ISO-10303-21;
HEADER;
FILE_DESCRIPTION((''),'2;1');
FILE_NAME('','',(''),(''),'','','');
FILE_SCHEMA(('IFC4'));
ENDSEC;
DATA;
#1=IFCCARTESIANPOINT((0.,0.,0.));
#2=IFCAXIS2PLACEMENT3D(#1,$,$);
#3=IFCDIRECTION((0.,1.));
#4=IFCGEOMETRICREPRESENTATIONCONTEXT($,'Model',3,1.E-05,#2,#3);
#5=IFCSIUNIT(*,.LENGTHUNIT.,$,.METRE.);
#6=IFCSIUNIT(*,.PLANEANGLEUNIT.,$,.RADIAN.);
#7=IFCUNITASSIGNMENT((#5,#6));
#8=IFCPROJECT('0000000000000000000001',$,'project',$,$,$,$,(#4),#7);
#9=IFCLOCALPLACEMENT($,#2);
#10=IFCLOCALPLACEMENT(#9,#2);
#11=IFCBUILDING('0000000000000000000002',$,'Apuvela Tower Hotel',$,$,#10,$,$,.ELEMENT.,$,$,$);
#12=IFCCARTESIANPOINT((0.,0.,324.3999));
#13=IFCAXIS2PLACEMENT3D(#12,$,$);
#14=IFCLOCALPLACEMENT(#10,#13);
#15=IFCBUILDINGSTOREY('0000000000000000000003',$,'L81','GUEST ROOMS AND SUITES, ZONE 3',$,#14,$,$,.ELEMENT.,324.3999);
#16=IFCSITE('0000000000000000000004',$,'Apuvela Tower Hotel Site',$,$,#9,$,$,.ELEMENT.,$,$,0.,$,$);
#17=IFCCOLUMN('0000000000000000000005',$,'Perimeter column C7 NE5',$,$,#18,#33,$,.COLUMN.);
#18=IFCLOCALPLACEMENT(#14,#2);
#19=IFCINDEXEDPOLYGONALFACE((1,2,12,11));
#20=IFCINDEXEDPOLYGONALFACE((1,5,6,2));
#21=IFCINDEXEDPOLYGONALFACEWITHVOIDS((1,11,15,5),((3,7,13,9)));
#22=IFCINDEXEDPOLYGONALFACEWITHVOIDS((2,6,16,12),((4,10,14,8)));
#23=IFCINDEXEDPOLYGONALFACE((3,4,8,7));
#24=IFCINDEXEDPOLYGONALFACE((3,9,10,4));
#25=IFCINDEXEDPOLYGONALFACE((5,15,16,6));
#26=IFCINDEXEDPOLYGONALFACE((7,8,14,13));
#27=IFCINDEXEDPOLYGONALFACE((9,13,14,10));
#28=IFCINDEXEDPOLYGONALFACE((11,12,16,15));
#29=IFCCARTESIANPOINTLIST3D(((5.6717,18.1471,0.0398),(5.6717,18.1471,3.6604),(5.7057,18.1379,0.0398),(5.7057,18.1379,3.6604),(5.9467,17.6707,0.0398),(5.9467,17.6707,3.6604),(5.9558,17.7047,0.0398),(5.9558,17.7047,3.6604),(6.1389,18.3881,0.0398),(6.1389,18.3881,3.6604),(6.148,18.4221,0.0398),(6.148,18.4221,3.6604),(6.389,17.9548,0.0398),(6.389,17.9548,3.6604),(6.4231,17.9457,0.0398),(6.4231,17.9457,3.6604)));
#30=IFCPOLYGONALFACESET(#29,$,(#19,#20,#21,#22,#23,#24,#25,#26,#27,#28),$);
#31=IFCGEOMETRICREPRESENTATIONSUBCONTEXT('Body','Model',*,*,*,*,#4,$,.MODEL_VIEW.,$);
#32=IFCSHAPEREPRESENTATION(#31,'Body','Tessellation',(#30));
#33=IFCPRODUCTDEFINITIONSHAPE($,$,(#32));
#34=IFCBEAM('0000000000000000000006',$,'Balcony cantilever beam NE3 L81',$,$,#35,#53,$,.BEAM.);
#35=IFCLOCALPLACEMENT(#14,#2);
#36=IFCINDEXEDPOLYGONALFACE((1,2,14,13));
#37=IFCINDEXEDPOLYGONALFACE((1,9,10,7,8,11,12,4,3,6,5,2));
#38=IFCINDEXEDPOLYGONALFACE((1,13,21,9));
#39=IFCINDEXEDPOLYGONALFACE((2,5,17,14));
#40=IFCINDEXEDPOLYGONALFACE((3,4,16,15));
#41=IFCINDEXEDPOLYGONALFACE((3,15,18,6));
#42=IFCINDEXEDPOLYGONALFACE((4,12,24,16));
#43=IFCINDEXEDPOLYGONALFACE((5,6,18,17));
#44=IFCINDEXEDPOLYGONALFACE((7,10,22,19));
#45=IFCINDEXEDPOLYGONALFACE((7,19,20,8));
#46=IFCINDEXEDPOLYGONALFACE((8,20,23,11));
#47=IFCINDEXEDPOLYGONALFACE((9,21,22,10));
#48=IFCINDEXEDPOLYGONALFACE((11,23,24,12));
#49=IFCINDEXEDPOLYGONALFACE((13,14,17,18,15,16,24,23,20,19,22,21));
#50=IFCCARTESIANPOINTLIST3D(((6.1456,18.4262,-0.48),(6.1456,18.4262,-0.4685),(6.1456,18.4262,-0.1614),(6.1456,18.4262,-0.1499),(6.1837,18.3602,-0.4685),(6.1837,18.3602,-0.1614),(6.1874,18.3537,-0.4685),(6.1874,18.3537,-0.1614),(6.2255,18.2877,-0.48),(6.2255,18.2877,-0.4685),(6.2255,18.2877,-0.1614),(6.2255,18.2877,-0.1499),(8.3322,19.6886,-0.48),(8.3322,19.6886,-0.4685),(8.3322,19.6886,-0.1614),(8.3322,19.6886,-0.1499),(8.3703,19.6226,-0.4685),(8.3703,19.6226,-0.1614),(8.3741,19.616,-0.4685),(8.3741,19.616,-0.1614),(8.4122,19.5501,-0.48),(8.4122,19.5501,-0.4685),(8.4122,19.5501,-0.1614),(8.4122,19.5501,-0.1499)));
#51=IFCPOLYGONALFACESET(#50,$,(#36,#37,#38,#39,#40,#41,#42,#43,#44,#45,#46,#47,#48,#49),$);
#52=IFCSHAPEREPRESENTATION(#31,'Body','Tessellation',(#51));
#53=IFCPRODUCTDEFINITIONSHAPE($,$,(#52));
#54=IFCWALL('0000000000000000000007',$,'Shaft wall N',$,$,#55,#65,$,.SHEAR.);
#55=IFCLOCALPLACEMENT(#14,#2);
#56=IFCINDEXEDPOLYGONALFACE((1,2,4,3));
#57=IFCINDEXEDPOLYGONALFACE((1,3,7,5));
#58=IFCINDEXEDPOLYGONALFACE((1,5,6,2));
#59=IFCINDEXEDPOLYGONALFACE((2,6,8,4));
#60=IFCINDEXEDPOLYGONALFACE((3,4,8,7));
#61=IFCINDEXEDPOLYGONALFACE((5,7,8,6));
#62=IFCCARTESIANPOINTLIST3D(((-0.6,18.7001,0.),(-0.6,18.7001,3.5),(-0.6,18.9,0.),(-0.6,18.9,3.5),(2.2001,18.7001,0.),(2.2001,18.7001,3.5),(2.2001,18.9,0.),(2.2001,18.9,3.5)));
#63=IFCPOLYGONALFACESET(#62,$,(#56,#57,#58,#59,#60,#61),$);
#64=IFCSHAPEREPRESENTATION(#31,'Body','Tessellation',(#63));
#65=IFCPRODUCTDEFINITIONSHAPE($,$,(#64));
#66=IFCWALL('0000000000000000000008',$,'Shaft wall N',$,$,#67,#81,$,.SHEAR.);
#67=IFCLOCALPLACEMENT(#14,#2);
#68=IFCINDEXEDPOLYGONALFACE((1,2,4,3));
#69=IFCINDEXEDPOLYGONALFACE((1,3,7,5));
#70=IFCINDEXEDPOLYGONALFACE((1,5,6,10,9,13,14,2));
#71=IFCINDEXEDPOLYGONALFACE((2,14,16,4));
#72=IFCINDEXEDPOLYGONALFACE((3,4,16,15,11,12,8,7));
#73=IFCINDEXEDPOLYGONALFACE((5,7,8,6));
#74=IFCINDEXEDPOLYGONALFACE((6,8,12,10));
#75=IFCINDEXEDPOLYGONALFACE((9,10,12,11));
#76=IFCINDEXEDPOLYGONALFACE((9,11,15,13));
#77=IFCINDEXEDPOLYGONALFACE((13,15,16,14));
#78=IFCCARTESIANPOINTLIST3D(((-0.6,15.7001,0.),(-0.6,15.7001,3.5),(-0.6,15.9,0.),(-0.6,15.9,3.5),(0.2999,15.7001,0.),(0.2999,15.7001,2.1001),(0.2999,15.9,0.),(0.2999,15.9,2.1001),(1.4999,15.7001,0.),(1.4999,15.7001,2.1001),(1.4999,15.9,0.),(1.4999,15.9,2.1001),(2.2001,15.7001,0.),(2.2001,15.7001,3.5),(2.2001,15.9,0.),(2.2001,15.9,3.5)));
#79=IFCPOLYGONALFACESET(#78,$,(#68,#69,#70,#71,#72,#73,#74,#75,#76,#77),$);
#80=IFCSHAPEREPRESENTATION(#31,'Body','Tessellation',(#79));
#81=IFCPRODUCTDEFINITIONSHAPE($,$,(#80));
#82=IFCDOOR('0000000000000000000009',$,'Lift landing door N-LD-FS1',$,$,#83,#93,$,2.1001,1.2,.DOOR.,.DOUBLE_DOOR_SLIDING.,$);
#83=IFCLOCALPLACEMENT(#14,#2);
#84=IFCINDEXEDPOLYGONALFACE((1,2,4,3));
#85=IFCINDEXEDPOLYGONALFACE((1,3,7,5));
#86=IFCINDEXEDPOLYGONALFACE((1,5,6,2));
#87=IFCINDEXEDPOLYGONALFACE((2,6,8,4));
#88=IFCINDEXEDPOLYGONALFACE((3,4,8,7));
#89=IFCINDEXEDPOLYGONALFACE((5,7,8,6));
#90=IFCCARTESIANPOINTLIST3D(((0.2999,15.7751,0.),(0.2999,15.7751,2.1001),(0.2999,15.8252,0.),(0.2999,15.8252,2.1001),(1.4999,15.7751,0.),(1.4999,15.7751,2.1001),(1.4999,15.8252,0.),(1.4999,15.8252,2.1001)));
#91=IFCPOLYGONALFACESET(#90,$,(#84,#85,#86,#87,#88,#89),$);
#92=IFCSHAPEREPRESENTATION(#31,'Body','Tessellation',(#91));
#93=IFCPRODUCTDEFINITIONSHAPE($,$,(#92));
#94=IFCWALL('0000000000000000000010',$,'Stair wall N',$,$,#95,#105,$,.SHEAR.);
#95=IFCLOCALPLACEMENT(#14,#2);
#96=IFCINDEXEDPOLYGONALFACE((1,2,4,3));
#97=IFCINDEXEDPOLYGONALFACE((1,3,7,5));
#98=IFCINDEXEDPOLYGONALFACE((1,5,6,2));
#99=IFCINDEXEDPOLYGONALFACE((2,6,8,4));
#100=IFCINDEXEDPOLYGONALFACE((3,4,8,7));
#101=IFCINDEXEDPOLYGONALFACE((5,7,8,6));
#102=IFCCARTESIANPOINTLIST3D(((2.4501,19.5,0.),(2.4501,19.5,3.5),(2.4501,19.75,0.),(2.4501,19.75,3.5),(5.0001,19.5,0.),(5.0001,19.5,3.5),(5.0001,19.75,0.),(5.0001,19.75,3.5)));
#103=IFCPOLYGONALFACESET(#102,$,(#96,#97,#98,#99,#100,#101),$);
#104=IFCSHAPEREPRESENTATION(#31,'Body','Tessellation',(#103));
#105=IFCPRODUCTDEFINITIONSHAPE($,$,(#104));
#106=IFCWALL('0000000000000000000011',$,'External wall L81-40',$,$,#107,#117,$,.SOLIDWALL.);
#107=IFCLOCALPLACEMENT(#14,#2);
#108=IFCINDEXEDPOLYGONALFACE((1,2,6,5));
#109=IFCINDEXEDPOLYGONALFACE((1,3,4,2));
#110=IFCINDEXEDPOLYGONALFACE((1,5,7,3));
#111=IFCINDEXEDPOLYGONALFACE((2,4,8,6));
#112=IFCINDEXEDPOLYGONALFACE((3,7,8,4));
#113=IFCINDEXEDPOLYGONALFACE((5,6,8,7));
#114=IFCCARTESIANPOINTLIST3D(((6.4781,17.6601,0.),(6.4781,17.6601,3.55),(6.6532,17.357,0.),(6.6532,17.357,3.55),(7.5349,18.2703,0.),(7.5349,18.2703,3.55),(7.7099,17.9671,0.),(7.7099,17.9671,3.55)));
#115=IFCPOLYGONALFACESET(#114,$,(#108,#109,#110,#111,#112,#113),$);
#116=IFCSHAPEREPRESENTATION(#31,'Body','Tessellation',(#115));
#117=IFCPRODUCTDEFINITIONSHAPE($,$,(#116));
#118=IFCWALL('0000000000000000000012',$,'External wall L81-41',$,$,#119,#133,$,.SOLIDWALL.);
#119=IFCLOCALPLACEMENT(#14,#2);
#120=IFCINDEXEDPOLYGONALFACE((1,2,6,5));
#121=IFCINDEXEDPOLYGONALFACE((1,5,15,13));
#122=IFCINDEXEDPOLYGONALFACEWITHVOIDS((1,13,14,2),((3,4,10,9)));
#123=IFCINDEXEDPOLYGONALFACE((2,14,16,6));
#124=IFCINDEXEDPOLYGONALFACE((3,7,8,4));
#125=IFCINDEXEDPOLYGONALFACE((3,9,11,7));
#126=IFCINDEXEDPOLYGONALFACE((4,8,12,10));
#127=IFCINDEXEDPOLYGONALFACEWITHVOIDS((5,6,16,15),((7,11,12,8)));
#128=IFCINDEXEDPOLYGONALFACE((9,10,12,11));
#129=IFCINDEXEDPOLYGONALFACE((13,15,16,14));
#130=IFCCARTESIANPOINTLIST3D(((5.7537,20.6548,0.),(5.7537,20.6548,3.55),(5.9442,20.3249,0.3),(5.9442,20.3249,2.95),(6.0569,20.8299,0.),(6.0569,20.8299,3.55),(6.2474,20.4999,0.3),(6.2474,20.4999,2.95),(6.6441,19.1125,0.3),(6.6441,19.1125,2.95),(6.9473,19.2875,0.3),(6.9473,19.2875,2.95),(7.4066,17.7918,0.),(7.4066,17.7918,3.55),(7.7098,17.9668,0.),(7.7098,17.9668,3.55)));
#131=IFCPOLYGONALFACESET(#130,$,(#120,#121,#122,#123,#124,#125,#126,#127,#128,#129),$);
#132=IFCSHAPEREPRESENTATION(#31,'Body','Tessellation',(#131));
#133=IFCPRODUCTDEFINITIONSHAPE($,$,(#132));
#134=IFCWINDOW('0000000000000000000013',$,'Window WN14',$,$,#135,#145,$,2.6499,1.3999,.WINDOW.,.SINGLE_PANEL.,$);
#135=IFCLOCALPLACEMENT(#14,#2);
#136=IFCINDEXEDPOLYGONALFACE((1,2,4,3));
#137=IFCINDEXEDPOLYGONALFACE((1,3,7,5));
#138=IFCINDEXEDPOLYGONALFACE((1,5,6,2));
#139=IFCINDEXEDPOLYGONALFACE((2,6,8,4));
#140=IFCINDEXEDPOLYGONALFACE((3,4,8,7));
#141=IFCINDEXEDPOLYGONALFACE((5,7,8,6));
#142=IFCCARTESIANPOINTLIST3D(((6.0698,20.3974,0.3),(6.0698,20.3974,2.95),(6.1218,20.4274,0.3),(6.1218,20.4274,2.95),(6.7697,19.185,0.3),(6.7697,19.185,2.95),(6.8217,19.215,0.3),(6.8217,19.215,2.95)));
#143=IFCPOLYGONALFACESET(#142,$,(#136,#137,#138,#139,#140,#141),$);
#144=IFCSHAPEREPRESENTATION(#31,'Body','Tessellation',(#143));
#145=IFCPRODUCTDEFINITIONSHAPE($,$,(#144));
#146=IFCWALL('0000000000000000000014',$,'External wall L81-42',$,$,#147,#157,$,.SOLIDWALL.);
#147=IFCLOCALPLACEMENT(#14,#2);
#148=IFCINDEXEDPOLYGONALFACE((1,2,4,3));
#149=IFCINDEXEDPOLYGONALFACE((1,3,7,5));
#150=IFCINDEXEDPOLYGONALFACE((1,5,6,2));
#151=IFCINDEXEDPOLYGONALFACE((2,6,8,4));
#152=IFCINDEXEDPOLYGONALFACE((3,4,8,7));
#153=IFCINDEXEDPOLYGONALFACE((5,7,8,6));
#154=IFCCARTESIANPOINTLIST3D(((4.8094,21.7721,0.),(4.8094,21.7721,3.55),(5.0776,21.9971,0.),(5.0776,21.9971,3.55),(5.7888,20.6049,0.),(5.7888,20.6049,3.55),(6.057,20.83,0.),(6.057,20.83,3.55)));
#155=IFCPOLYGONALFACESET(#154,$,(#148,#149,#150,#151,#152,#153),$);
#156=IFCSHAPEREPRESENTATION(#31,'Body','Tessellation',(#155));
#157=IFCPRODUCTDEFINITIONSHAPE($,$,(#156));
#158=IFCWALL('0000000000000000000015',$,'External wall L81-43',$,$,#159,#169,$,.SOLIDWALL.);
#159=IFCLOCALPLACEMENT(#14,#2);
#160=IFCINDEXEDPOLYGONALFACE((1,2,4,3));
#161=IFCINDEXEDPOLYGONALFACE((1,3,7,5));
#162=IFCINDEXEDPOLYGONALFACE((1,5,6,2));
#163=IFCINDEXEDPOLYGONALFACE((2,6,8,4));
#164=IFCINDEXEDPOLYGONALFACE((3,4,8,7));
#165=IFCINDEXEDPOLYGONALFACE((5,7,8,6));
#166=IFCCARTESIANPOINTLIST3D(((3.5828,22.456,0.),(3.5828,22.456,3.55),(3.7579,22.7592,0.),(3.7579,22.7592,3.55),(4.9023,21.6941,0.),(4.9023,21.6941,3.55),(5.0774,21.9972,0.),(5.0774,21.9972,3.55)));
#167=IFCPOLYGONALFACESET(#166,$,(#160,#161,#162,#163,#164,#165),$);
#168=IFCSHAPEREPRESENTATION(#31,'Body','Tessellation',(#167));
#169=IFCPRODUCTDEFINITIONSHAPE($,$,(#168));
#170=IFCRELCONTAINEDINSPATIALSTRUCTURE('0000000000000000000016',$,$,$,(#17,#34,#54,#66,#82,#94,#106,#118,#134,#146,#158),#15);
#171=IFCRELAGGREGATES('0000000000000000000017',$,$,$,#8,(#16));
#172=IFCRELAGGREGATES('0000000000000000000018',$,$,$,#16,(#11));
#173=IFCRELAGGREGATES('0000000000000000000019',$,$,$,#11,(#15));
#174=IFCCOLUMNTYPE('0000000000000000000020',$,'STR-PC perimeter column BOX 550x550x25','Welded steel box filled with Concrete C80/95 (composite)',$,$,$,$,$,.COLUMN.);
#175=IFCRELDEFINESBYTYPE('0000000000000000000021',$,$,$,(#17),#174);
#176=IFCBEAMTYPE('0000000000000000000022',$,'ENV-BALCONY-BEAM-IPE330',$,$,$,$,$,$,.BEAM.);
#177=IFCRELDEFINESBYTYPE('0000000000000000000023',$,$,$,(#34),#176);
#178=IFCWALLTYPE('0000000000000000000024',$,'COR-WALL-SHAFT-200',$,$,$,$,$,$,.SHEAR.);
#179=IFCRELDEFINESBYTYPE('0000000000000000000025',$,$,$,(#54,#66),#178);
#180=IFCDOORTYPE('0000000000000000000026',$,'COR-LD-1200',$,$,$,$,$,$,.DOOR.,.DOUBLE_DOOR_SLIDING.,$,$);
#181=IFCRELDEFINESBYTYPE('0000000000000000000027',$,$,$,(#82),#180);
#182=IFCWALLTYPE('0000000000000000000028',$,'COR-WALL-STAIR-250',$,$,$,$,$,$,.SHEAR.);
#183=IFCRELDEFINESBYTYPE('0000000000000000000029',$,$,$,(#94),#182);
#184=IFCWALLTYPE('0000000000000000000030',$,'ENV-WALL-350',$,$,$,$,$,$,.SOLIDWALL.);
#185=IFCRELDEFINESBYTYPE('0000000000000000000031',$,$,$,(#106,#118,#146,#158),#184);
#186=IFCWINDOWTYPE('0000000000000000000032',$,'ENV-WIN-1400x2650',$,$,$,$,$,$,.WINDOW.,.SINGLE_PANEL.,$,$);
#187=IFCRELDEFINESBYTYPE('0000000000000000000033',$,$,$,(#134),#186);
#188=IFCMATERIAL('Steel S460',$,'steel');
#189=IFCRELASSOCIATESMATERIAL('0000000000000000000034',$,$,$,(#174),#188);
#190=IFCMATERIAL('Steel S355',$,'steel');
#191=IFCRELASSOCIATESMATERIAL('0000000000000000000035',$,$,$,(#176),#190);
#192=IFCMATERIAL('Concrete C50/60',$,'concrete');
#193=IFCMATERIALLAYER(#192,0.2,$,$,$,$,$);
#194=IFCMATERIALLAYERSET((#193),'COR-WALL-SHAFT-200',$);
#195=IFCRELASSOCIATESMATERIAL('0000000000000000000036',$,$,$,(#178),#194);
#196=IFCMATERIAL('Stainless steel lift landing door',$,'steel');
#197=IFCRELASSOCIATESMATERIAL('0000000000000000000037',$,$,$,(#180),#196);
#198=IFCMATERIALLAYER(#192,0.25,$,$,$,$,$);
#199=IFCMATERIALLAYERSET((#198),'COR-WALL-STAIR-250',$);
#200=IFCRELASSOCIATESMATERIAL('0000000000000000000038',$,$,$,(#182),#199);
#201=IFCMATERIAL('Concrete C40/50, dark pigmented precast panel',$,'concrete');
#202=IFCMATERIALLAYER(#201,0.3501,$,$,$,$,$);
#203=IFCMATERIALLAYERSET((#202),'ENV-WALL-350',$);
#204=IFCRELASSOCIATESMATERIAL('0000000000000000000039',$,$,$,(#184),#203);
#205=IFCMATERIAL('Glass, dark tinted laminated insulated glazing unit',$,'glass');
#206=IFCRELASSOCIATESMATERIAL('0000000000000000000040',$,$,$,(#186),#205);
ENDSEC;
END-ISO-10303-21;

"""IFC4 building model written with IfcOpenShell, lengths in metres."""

from ifc_helpers import new_model, si_unit, direction, frame, frame_2d, origin, origin_2d, place, context, subcontext, project, spatial, rectangle, hollow_rectangle, i_section, extrude, boolean, halfspace, material, layer, layer_set, material_profile, profile_set, type_object, element, fill, save


model = new_model("IFC4")

# Units and contexts
model_context = context("Model", 3, precision=1e-05, world=origin(), true_north=direction((0.0, 1.0)))
body_context = subcontext(model_context, "Body", "Model", "MODEL_VIEW")
ifc_project = project(units=[si_unit("LENGTHUNIT", "METRE"), si_unit("PLANEANGLEUNIT", "RADIAN")], contexts=[model_context])

# Site, building, storey
site_placement = place(None, origin())
site = spatial("IfcSite", under=ifc_project, at=site_placement, Name="Apuvela Tower Hotel Site", CompositionType="ELEMENT", RefElevation=0.0)
building_placement = place(site_placement, origin())
building = spatial("IfcBuilding", under=site, at=building_placement, Name="Apuvela Tower Hotel", CompositionType="ELEMENT")
storey_placement = place(building_placement, frame((0.0, 0.0, 324.3999)))
storey = spatial("IfcBuildingStorey", under=building, at=storey_placement, Name="L81", Description="GUEST ROOMS AND SUITES, ZONE 3", CompositionType="ELEMENT", Elevation=324.3999)

# Column
ifc_material_1 = material(Name="Steel S460", Category="steel")
ifc_material_profile_1 = material_profile(ifc_material_1, hollow_rectangle(XDim=0.55, YDim=0.55, WallThickness=0.0249, at=origin_2d()), Name="BOX 550x550x25")
ifc_material_2 = material(Name="Concrete C80/95", Category="concrete")
ifc_material_profile_2 = material_profile(ifc_material_2, rectangle(XDim=0.5, YDim=0.5, at=origin_2d()), Name="Concrete C80/95 infill")
ifc_profile_set_1 = profile_set([ifc_material_profile_1, ifc_material_profile_2], Name="Steel S460")
column_type = type_object("IfcColumnType", Name="STR-PC perimeter column BOX 550x550x25", Description="Welded steel box filled with Concrete C80/95 (composite)", PredefinedType="COLUMN", material=ifc_profile_set_1)
column_placement = place(storey_placement, frame((6.0474, 18.0464, 0.0), z_axis=(0.0, 0.0, 1.0), x_axis=(-0.5, 0.866025, 0.0)))
element("IfcColumn", 1, at=column_placement, inside=storey, type_object=column_type, Name="Perimeter column C7 NE5", PredefinedType="COLUMN", context=body_context, shape_type="SweptSolid", body=[
    boolean("DIFFERENCE", boolean("DIFFERENCE", extrude(hollow_rectangle(XDim=0.55, YDim=0.55, WallThickness=0.0249, at=origin_2d()), origin(), (0.0, 0.0, 1.0), 3.7002), halfspace(frame((0.0, 0.0, 0.0398), z_axis=(0.0, 0.0, 1.0), x_axis=(1.0, 0.0, 0.0)), True)), halfspace(frame((0.0, 0.0, 3.6604), z_axis=(0.0, 0.0, 1.0), x_axis=(1.0, 0.0, 0.0)), False)),
])

# Beam
ifc_material_3 = material(Name="Steel S355", Category="steel")
ifc_material_profile_3 = material_profile(ifc_material_3, i_section(OverallWidth=0.1599, OverallDepth=0.3301, WebThickness=0.0076, FlangeThickness=0.0115, at=origin_2d()), Name="IPE 330")
ifc_profile_set_2 = profile_set([ifc_material_profile_3], Name="Steel S355")
beam_type = type_object("IfcBeamType", Name="ENV-BALCONY-BEAM-IPE330", PredefinedType="BEAM", material=ifc_profile_set_2)
beam_placement = place(storey_placement, frame((6.1855, 18.3569, -0.3149), z_axis=(0.866039, 0.499976, 0.0), x_axis=(-0.499976, 0.866039, 0.0)))
element("IfcBeam", 2, at=beam_placement, inside=storey, type_object=beam_type, Name="Balcony cantilever beam NE3 L81", PredefinedType="BEAM", context=body_context, shape_type="SweptSolid", body=[
    extrude(i_section(OverallWidth=0.1599, OverallDepth=0.3301, WebThickness=0.0076, FlangeThickness=0.0115, at=origin_2d()), origin(), (0.0, 0.0, 1.0), 2.5249),
])

# Wall
ifc_material_4 = material(Name="Concrete C50/60", Category="concrete")
ifc_layer_1 = layer(ifc_material_4, 0.2)
ifc_layer_set_1 = layer_set([ifc_layer_1], Name="COR-WALL-SHAFT-200")
wall_type_1 = type_object("IfcWallType", Name="COR-WALL-SHAFT-200", PredefinedType="SHEAR", material=ifc_layer_set_1)
wall_1_placement = place(storey_placement, frame((2.2, 18.8, 0.0), z_axis=(0.0, 0.0, 1.0), x_axis=(-1.0, 0.0, 0.0)))
element("IfcWall", 3, at=wall_1_placement, inside=storey, type_object=wall_type_1, Name="Shaft wall N", PredefinedType="SHEAR", context=body_context, shape_type="SweptSolid", body=[
    extrude(rectangle(XDim=2.8, YDim=0.2, at=frame_2d((1.3999, 0.0))), origin(), (0.0, 0.0, 1.0), 3.5),
])

# Wall, opening, door
wall_2_placement = place(storey_placement, frame((2.2, 15.8, 0.0), z_axis=(0.0, 0.0, 1.0), x_axis=(-1.0, 0.0, 0.0)))
wall_2 = element("IfcWall", 4, at=wall_2_placement, inside=storey, type_object=wall_type_1, Name="Shaft wall N", PredefinedType="SHEAR", context=body_context, shape_type="SweptSolid", body=[
    extrude(rectangle(XDim=2.8, YDim=0.2, at=frame_2d((1.3999, 0.0))), origin(), (0.0, 0.0, 1.0), 3.5),
])
opening_1_placement = place(wall_2_placement, frame((0.7, 0.0, 0.0)))
opening_1 = element("IfcOpeningElement", 5, at=opening_1_placement, cuts=wall_2, PredefinedType="OPENING", context=body_context, shape_type="SweptSolid", body=[
    extrude(rectangle(XDim=1.2, YDim=2.1001, at=frame_2d((0.6001, 1.05))), frame((0.0, 0.1099, 0.0), z_axis=(0.0, -1.0, 0.0), x_axis=(1.0, 0.0, 0.0)), (0.0, 0.0, 1.0), 0.22),
])
ifc_material_5 = material(Name="Stainless steel lift landing door", Category="steel")
door_type = type_object("IfcDoorType", Name="COR-LD-1200", OperationType="DOUBLE_DOOR_SLIDING", PredefinedType="DOOR", material=ifc_material_5)
door_placement = place(opening_1_placement, origin())
door = element("IfcDoor", 6, at=door_placement, inside=storey, type_object=door_type, Name="Lift landing door N-LD-FS1", OperationType="DOUBLE_DOOR_SLIDING", OverallHeight=2.1001, OverallWidth=1.2, PredefinedType="DOOR", context=body_context, shape_type="SweptSolid", body=[
    extrude(rectangle(XDim=1.2, YDim=2.1001, at=frame_2d((0.6001, 1.05))), frame((0.0, 0.0249, 0.0), z_axis=(0.0, -1.0, 0.0), x_axis=(1.0, 0.0, 0.0)), (0.0, 0.0, 1.0), 0.05),
])
fill(opening_1, door)

# Walls
ifc_layer_2 = layer(ifc_material_4, 0.25)
ifc_layer_set_2 = layer_set([ifc_layer_2], Name="COR-WALL-STAIR-250")
wall_type_2 = type_object("IfcWallType", Name="COR-WALL-STAIR-250", PredefinedType="SHEAR", material=ifc_layer_set_2)
wall_3_placement = place(storey_placement, frame((5.0, 19.625, 0.0), z_axis=(0.0, 0.0, 1.0), x_axis=(-1.0, 0.0, 0.0)))
element("IfcWall", 7, at=wall_3_placement, inside=storey, type_object=wall_type_2, Name="Stair wall N", PredefinedType="SHEAR", context=body_context, shape_type="SweptSolid", body=[
    extrude(rectangle(XDim=2.55, YDim=0.25, at=frame_2d((1.2749, 0.0))), origin(), (0.0, 0.0, 1.0), 3.5),
])
ifc_material_6 = material(Name="Concrete C40/50, dark pigmented precast panel", Category="concrete")
ifc_layer_3 = layer(ifc_material_6, 0.3501)
ifc_layer_set_3 = layer_set([ifc_layer_3], Name="ENV-WALL-350")
wall_type_3 = type_object("IfcWallType", Name="ENV-WALL-350", PredefinedType="SOLIDWALL", material=ifc_layer_set_3)
wall_4_placement = place(storey_placement, frame((6.5657, 17.5085, 0.0), z_axis=(0.0, 0.0, 1.0), x_axis=(0.866006, 0.500034, 0.0)))
element("IfcWall", 8, at=wall_4_placement, inside=storey, type_object=wall_type_3, Name="External wall L81-40", PredefinedType="SOLIDWALL", context=body_context, shape_type="SweptSolid", body=[
    extrude(rectangle(XDim=1.2202, YDim=0.3501, at=frame_2d((0.6101, 0.0))), origin(), (0.0, 0.0, 1.0), 3.55),
])

# Wall, opening, window
wall_5_placement = place(storey_placement, frame((7.5581, 17.8794, 0.0), z_axis=(0.0, 0.0, 1.0), x_axis=(-0.499968, 0.866044, 0.0)))
wall_5 = element("IfcWall", 9, at=wall_5_placement, inside=storey, type_object=wall_type_3, Name="External wall L81-41", PredefinedType="SOLIDWALL", context=body_context, shape_type="SweptSolid", body=[
    extrude(rectangle(XDim=3.3059, YDim=0.3501, at=frame_2d((1.6528, 0.0))), origin(), (0.0, 0.0, 1.0), 3.55),
])
opening_2_placement = place(wall_5_placement, frame((1.5249, 0.0, 0.3)))
opening_2 = element("IfcOpeningElement", 10, at=opening_2_placement, cuts=wall_5, PredefinedType="OPENING", context=body_context, shape_type="SweptSolid", body=[
    extrude(rectangle(XDim=1.3999, YDim=2.6499, at=frame_2d((0.7, 1.325))), frame((0.0, 0.1851, 0.0), z_axis=(0.0, -1.0, 0.0), x_axis=(1.0, 0.0, 0.0)), (0.0, 0.0, 1.0), 0.3701),
])
ifc_material_7 = material(Name="Glass, dark tinted laminated insulated glazing unit", Category="glass")
window_type = type_object("IfcWindowType", Name="ENV-WIN-1400x2650", PartitioningType="SINGLE_PANEL", PredefinedType="WINDOW", material=ifc_material_7)
window_placement = place(opening_2_placement, origin())
window = element("IfcWindow", 11, at=window_placement, inside=storey, type_object=window_type, Name="Window WN14", OverallHeight=2.6499, OverallWidth=1.3999, PartitioningType="SINGLE_PANEL", PredefinedType="WINDOW", context=body_context, shape_type="SweptSolid", body=[
    extrude(rectangle(XDim=1.3999, YDim=2.6499, at=frame_2d((0.7, 1.325))), frame((0.0, 0.03, 0.0), z_axis=(0.0, -1.0, 0.0), x_axis=(1.0, 0.0, 0.0)), (0.0, 0.0, 1.0), 0.0601),
])
fill(opening_2, window)

# Walls
for number, where, z_axis, x_axis, name in (
    (12, (5.9229, 20.7175, 0.0), (0.0, 0.0, 1.0), (-0.642812, 0.766024, 0.0), "External wall L81-42"),
    (13, (4.9897, 21.8457, 0.0), (0.0, 0.0, 1.0), (-0.865996, 0.500051, 0.0), "External wall L81-43"),
):
    element("IfcWall", number, at=place(storey_placement, frame(where, z_axis=z_axis, x_axis=x_axis)), inside=storey, type_object=wall_type_3, Name=name, PredefinedType="SOLIDWALL", context=body_context, shape_type="SweptSolid", body=[
        extrude(rectangle(XDim=1.5237, YDim=0.3501, at=frame_2d((0.7617, 0.0))), origin(), (0.0, 0.0, 1.0), 3.55),
    ])

save(model, "model.ifc")
